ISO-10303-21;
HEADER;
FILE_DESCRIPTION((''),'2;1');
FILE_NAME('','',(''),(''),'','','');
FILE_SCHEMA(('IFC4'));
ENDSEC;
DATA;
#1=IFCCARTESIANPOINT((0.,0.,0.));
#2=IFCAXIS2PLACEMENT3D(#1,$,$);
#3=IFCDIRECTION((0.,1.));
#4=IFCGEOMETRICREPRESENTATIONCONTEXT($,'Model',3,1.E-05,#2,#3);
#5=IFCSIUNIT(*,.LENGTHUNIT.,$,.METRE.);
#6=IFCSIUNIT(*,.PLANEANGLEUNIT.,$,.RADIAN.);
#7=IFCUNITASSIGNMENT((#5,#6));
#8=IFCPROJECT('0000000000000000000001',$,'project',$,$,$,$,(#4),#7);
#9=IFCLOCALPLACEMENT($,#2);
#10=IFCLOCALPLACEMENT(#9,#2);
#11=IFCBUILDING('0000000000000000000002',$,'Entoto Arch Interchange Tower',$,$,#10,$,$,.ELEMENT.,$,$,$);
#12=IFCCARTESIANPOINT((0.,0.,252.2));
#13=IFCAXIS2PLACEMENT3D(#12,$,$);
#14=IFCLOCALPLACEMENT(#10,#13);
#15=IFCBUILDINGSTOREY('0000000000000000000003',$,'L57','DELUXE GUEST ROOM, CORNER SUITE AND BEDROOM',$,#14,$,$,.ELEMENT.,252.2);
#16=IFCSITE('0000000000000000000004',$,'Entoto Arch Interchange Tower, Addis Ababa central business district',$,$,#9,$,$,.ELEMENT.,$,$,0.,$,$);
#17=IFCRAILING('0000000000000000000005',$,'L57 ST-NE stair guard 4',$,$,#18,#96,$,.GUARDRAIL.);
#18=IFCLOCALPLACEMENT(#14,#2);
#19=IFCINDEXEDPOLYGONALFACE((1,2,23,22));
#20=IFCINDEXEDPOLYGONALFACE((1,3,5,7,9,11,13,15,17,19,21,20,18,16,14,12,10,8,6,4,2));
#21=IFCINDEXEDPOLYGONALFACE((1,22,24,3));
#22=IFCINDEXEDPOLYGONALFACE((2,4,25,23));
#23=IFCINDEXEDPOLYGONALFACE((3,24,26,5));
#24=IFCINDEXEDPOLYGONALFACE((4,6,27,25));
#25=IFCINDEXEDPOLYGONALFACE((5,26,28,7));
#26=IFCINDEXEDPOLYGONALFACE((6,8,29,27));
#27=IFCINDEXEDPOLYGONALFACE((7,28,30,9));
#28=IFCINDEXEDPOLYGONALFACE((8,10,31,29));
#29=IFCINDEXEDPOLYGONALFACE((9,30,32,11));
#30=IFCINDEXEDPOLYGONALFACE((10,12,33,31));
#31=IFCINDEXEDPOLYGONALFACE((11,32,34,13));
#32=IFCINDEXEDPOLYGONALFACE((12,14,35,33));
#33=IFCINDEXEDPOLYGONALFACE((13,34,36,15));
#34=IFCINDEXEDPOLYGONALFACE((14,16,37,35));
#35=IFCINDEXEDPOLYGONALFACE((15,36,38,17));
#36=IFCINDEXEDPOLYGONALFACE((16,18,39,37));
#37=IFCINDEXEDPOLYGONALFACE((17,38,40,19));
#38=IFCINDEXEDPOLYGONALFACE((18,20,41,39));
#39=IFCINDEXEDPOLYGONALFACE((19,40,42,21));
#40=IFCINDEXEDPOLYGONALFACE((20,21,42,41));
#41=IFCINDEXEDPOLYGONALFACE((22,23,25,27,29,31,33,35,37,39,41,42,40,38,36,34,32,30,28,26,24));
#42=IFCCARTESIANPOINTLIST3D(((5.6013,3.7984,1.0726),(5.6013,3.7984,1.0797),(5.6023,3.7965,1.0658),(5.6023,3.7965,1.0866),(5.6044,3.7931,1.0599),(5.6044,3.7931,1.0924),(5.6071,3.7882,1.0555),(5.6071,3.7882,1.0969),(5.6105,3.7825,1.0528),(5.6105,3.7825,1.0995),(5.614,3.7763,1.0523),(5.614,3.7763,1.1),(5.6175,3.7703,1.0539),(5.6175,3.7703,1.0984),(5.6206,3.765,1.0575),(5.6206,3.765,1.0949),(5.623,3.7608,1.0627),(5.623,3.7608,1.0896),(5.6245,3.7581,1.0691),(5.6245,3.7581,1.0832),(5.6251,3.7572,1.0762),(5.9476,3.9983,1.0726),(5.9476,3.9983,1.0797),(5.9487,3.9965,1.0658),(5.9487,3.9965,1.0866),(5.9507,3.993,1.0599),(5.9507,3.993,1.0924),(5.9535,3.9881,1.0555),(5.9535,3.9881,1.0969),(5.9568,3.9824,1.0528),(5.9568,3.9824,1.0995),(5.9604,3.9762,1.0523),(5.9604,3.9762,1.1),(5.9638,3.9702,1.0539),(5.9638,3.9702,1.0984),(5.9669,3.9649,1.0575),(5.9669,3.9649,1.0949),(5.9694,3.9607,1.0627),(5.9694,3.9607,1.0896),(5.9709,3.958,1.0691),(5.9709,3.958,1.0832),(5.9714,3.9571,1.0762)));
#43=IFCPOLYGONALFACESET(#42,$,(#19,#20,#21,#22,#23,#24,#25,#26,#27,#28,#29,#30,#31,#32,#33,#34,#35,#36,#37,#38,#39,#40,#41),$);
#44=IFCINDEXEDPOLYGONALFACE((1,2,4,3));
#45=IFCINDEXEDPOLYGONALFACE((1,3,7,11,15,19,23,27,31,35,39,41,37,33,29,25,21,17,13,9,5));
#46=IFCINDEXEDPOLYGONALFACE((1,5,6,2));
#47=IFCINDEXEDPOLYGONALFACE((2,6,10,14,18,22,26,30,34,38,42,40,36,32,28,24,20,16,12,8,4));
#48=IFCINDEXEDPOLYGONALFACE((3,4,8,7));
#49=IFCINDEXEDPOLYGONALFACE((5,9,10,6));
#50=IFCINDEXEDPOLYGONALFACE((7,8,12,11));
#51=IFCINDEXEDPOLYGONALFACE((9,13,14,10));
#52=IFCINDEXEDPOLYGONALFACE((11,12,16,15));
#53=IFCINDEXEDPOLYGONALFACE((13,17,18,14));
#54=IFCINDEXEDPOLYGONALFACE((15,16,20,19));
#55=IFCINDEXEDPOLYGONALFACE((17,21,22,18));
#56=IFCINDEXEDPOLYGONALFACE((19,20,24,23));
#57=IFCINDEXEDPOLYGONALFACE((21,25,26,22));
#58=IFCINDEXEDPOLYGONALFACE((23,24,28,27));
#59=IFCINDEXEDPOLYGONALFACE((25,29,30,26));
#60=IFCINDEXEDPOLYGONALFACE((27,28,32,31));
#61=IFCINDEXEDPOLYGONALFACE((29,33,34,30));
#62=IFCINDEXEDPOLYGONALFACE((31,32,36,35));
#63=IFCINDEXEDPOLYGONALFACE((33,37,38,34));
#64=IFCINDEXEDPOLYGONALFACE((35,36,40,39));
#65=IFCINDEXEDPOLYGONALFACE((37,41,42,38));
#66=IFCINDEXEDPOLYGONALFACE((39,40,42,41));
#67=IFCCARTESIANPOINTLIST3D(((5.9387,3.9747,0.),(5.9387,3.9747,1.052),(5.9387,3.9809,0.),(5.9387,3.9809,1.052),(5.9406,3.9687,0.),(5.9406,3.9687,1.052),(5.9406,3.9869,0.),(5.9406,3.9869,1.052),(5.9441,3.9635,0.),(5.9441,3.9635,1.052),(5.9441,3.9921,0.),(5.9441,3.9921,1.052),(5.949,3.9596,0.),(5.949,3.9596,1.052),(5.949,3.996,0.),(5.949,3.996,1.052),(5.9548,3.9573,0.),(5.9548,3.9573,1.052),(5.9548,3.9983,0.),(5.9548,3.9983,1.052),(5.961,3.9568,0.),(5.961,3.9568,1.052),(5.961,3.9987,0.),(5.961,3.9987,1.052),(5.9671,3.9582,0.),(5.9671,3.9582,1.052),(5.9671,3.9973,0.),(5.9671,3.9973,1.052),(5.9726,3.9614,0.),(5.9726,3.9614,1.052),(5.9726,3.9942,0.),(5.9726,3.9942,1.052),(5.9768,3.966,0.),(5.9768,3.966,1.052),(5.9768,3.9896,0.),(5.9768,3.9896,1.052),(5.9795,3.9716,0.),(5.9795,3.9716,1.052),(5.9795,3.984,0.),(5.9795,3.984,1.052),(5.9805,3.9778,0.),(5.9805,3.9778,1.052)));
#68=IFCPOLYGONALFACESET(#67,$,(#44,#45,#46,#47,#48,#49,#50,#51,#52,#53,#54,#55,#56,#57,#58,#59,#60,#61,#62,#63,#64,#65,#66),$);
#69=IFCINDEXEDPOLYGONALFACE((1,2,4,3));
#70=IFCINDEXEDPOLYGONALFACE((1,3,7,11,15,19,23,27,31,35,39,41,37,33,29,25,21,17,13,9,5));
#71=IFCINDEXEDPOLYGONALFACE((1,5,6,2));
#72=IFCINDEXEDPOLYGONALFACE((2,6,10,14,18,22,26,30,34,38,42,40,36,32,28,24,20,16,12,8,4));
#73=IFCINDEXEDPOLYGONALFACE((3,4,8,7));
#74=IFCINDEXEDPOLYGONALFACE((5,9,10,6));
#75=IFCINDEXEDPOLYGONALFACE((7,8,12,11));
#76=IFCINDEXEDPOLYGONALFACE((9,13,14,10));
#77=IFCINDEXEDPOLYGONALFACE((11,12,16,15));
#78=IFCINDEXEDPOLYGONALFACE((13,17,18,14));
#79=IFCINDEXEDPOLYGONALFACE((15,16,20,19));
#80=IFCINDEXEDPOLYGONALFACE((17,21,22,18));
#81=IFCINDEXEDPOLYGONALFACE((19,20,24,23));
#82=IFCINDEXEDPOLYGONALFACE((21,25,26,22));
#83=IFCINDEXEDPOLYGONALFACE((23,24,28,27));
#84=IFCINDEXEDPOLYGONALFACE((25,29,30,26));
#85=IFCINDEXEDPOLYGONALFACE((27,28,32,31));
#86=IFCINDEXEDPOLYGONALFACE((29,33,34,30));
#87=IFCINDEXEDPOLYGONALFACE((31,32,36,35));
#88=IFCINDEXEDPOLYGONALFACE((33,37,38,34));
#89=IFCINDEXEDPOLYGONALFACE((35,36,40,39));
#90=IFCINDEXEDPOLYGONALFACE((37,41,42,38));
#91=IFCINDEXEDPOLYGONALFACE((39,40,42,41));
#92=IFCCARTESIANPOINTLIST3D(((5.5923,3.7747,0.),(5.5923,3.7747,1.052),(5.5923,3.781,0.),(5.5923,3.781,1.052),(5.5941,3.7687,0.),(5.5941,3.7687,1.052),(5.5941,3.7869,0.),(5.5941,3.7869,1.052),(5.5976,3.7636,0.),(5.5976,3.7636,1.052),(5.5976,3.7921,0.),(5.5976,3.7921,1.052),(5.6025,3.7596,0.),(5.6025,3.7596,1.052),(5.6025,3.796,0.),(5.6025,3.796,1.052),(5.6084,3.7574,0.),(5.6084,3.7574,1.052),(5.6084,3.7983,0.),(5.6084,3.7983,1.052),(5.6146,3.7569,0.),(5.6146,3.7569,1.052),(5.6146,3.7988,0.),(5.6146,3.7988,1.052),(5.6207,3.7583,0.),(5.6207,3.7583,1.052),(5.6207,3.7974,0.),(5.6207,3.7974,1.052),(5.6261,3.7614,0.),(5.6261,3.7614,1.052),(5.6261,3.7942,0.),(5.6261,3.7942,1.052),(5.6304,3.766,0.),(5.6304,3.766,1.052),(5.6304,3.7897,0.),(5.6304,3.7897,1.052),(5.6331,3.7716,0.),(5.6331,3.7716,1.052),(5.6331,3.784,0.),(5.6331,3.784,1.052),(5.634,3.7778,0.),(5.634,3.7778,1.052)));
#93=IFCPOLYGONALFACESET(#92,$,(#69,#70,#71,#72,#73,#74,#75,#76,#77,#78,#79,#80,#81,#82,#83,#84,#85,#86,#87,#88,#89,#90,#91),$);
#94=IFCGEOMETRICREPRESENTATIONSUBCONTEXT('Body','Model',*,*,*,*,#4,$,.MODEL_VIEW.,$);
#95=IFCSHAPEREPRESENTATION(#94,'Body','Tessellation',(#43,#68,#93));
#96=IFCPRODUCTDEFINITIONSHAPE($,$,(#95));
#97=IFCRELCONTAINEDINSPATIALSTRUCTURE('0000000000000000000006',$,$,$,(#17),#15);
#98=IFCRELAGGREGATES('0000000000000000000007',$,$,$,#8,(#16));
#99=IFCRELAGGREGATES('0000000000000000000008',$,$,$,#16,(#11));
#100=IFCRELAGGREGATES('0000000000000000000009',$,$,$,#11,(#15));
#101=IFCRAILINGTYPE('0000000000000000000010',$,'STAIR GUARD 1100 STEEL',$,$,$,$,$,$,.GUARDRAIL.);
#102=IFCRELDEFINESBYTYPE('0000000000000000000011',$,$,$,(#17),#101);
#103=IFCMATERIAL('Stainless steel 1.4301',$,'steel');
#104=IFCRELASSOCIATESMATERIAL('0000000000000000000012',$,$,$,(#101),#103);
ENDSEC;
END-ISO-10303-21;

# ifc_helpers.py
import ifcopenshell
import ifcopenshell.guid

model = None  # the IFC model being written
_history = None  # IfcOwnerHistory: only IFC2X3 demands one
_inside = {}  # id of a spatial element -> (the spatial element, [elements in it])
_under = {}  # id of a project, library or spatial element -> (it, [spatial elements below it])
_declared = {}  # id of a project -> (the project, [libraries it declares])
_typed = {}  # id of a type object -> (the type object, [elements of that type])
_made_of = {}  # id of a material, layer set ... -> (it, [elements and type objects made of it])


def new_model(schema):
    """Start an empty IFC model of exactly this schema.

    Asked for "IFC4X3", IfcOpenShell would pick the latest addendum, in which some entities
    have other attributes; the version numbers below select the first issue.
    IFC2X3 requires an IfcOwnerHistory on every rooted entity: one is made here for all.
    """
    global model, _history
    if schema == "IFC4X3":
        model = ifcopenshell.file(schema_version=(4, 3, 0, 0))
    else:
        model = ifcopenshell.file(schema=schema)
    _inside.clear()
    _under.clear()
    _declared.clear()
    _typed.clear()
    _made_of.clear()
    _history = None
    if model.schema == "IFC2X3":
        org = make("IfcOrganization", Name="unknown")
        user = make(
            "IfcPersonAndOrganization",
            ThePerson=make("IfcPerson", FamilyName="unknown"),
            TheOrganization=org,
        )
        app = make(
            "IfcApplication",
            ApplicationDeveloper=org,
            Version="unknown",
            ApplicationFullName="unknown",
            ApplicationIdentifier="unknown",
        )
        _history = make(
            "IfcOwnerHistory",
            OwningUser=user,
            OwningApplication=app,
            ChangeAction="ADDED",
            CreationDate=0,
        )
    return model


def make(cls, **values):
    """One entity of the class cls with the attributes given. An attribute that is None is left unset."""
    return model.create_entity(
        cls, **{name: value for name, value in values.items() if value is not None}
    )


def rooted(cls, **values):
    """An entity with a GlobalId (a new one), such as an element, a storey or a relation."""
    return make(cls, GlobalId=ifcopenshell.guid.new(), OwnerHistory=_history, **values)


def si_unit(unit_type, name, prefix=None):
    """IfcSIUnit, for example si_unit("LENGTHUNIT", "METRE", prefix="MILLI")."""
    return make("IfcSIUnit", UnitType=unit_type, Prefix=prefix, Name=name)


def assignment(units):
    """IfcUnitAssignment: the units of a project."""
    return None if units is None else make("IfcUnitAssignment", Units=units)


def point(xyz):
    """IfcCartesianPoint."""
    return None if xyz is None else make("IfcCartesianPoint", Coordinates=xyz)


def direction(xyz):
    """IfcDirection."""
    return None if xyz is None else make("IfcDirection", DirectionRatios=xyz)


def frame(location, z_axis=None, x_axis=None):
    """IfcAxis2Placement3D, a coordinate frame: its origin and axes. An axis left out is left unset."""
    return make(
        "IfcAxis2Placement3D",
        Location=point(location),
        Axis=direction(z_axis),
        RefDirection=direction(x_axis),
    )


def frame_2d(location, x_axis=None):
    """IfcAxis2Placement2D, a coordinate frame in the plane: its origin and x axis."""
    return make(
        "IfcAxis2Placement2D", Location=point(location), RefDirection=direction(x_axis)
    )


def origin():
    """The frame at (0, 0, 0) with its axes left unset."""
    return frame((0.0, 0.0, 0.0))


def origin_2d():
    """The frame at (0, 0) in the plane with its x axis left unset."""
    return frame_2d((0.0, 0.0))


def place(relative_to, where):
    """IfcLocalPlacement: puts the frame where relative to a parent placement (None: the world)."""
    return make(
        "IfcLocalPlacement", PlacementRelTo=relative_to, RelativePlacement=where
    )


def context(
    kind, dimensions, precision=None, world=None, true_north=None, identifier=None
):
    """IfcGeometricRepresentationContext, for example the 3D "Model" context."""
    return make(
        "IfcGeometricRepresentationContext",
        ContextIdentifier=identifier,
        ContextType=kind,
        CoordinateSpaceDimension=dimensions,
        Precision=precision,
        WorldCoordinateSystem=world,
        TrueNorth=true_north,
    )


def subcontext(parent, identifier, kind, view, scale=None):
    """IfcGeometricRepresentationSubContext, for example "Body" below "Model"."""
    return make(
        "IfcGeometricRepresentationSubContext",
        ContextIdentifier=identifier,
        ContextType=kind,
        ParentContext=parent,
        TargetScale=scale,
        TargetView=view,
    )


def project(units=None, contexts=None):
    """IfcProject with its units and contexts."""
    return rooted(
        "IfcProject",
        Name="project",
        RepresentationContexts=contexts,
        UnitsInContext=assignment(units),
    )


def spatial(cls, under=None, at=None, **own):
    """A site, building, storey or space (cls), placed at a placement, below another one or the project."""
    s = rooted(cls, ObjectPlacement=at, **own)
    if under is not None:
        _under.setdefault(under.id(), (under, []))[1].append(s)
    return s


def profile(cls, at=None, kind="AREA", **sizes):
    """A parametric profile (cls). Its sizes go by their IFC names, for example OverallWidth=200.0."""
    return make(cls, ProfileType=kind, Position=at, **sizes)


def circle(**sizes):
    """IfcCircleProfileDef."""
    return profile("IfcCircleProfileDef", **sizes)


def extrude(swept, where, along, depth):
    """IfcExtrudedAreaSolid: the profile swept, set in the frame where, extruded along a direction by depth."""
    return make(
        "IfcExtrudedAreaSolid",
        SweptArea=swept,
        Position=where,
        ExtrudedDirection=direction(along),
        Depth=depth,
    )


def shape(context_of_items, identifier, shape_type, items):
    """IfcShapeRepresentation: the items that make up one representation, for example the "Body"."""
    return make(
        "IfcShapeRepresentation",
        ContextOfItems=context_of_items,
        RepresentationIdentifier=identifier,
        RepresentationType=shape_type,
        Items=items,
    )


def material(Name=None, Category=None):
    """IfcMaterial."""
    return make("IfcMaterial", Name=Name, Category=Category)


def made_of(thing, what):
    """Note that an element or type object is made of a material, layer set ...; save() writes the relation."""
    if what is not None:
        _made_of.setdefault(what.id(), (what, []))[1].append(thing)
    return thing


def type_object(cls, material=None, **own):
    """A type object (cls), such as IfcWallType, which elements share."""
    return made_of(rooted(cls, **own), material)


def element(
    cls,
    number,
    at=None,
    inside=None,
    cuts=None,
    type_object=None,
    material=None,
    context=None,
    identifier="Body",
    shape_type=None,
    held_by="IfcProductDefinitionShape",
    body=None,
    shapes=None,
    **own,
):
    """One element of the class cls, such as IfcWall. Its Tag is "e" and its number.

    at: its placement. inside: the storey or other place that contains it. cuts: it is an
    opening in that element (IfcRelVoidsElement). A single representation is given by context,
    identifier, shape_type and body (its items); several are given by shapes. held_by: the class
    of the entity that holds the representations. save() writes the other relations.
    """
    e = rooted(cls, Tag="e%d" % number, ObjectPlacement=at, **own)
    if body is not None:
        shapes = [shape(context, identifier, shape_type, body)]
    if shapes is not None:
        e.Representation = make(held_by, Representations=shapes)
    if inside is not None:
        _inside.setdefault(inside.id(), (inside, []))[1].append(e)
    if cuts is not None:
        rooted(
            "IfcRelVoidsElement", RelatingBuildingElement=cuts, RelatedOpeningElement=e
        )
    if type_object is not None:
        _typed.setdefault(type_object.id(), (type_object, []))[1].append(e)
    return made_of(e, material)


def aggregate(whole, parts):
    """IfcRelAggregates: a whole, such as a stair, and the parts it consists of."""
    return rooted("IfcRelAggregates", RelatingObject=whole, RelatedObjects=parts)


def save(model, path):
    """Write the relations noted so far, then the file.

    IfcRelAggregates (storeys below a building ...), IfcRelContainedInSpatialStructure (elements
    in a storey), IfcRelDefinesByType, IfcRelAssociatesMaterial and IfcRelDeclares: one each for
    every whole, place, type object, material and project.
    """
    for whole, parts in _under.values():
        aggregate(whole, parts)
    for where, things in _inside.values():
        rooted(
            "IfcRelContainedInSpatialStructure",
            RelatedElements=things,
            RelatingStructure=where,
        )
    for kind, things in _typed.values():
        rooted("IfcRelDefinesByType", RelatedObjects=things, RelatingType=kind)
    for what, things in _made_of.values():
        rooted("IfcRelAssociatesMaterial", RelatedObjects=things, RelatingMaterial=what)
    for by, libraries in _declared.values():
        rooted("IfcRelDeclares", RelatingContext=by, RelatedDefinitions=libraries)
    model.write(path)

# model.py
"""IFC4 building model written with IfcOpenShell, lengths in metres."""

from ifc_helpers import new_model, si_unit, direction, frame, origin, origin_2d, place, context, subcontext, project, spatial, circle, extrude, material, type_object, element, save


model = new_model("IFC4")

# Units and contexts
model_context = context("Model", 3, precision=1e-05, world=origin(), true_north=direction((0.0, 1.0)))
body_context = subcontext(model_context, "Body", "Model", "MODEL_VIEW")
ifc_project = project(units=[si_unit("LENGTHUNIT", "METRE"), si_unit("PLANEANGLEUNIT", "RADIAN")], contexts=[model_context])

# Site, building, storey
site_placement = place(None, origin())
site = spatial("IfcSite", under=ifc_project, at=site_placement, Name="Entoto Arch Interchange Tower, Addis Ababa central business district", CompositionType="ELEMENT", RefElevation=0.0)
building_placement = place(site_placement, origin())
building = spatial("IfcBuilding", under=site, at=building_placement, Name="Entoto Arch Interchange Tower", CompositionType="ELEMENT")
storey_placement = place(building_placement, frame((0.0, 0.0, 252.2)))
storey = spatial("IfcBuildingStorey", under=building, at=storey_placement, Name="L57", Description="DELUXE GUEST ROOM, CORNER SUITE AND BEDROOM", CompositionType="ELEMENT", Elevation=252.2)

# Railing
ifc_material_1 = material(Name="Stainless steel 1.4301", Category="steel")
railing_type_1 = type_object("IfcRailingType", Name="STAIR GUARD 1100 STEEL", PredefinedType="GUARDRAIL", material=ifc_material_1)
railing_1_placement = place(storey_placement, frame((5.9595, 3.9778, 0.0)))
element("IfcRailing", 1, at=railing_1_placement, inside=storey, type_object=railing_type_1, Name="L57 ST-NE stair guard 4", PredefinedType="GUARDRAIL", context=body_context, shape_type="SweptSolid", body=[
    extrude(circle(Radius=0.0239, at=origin_2d()), frame((0.0, 0.0, 1.0762), z_axis=(-0.866094, -0.499881, 0.0), x_axis=(0.499881, -0.866094, 0.0)), (0.0, 0.0, 1.0), 0.3999),
    extrude(circle(Radius=0.021, at=origin_2d()), origin(), (0.0, 0.0, 1.0), 1.052),
    extrude(circle(Radius=0.021, at=origin_2d()), frame((-0.3464, -0.2, 0.0)), (0.0, 0.0, 1.0), 1.052),
])

save(model, "model.ifc")
